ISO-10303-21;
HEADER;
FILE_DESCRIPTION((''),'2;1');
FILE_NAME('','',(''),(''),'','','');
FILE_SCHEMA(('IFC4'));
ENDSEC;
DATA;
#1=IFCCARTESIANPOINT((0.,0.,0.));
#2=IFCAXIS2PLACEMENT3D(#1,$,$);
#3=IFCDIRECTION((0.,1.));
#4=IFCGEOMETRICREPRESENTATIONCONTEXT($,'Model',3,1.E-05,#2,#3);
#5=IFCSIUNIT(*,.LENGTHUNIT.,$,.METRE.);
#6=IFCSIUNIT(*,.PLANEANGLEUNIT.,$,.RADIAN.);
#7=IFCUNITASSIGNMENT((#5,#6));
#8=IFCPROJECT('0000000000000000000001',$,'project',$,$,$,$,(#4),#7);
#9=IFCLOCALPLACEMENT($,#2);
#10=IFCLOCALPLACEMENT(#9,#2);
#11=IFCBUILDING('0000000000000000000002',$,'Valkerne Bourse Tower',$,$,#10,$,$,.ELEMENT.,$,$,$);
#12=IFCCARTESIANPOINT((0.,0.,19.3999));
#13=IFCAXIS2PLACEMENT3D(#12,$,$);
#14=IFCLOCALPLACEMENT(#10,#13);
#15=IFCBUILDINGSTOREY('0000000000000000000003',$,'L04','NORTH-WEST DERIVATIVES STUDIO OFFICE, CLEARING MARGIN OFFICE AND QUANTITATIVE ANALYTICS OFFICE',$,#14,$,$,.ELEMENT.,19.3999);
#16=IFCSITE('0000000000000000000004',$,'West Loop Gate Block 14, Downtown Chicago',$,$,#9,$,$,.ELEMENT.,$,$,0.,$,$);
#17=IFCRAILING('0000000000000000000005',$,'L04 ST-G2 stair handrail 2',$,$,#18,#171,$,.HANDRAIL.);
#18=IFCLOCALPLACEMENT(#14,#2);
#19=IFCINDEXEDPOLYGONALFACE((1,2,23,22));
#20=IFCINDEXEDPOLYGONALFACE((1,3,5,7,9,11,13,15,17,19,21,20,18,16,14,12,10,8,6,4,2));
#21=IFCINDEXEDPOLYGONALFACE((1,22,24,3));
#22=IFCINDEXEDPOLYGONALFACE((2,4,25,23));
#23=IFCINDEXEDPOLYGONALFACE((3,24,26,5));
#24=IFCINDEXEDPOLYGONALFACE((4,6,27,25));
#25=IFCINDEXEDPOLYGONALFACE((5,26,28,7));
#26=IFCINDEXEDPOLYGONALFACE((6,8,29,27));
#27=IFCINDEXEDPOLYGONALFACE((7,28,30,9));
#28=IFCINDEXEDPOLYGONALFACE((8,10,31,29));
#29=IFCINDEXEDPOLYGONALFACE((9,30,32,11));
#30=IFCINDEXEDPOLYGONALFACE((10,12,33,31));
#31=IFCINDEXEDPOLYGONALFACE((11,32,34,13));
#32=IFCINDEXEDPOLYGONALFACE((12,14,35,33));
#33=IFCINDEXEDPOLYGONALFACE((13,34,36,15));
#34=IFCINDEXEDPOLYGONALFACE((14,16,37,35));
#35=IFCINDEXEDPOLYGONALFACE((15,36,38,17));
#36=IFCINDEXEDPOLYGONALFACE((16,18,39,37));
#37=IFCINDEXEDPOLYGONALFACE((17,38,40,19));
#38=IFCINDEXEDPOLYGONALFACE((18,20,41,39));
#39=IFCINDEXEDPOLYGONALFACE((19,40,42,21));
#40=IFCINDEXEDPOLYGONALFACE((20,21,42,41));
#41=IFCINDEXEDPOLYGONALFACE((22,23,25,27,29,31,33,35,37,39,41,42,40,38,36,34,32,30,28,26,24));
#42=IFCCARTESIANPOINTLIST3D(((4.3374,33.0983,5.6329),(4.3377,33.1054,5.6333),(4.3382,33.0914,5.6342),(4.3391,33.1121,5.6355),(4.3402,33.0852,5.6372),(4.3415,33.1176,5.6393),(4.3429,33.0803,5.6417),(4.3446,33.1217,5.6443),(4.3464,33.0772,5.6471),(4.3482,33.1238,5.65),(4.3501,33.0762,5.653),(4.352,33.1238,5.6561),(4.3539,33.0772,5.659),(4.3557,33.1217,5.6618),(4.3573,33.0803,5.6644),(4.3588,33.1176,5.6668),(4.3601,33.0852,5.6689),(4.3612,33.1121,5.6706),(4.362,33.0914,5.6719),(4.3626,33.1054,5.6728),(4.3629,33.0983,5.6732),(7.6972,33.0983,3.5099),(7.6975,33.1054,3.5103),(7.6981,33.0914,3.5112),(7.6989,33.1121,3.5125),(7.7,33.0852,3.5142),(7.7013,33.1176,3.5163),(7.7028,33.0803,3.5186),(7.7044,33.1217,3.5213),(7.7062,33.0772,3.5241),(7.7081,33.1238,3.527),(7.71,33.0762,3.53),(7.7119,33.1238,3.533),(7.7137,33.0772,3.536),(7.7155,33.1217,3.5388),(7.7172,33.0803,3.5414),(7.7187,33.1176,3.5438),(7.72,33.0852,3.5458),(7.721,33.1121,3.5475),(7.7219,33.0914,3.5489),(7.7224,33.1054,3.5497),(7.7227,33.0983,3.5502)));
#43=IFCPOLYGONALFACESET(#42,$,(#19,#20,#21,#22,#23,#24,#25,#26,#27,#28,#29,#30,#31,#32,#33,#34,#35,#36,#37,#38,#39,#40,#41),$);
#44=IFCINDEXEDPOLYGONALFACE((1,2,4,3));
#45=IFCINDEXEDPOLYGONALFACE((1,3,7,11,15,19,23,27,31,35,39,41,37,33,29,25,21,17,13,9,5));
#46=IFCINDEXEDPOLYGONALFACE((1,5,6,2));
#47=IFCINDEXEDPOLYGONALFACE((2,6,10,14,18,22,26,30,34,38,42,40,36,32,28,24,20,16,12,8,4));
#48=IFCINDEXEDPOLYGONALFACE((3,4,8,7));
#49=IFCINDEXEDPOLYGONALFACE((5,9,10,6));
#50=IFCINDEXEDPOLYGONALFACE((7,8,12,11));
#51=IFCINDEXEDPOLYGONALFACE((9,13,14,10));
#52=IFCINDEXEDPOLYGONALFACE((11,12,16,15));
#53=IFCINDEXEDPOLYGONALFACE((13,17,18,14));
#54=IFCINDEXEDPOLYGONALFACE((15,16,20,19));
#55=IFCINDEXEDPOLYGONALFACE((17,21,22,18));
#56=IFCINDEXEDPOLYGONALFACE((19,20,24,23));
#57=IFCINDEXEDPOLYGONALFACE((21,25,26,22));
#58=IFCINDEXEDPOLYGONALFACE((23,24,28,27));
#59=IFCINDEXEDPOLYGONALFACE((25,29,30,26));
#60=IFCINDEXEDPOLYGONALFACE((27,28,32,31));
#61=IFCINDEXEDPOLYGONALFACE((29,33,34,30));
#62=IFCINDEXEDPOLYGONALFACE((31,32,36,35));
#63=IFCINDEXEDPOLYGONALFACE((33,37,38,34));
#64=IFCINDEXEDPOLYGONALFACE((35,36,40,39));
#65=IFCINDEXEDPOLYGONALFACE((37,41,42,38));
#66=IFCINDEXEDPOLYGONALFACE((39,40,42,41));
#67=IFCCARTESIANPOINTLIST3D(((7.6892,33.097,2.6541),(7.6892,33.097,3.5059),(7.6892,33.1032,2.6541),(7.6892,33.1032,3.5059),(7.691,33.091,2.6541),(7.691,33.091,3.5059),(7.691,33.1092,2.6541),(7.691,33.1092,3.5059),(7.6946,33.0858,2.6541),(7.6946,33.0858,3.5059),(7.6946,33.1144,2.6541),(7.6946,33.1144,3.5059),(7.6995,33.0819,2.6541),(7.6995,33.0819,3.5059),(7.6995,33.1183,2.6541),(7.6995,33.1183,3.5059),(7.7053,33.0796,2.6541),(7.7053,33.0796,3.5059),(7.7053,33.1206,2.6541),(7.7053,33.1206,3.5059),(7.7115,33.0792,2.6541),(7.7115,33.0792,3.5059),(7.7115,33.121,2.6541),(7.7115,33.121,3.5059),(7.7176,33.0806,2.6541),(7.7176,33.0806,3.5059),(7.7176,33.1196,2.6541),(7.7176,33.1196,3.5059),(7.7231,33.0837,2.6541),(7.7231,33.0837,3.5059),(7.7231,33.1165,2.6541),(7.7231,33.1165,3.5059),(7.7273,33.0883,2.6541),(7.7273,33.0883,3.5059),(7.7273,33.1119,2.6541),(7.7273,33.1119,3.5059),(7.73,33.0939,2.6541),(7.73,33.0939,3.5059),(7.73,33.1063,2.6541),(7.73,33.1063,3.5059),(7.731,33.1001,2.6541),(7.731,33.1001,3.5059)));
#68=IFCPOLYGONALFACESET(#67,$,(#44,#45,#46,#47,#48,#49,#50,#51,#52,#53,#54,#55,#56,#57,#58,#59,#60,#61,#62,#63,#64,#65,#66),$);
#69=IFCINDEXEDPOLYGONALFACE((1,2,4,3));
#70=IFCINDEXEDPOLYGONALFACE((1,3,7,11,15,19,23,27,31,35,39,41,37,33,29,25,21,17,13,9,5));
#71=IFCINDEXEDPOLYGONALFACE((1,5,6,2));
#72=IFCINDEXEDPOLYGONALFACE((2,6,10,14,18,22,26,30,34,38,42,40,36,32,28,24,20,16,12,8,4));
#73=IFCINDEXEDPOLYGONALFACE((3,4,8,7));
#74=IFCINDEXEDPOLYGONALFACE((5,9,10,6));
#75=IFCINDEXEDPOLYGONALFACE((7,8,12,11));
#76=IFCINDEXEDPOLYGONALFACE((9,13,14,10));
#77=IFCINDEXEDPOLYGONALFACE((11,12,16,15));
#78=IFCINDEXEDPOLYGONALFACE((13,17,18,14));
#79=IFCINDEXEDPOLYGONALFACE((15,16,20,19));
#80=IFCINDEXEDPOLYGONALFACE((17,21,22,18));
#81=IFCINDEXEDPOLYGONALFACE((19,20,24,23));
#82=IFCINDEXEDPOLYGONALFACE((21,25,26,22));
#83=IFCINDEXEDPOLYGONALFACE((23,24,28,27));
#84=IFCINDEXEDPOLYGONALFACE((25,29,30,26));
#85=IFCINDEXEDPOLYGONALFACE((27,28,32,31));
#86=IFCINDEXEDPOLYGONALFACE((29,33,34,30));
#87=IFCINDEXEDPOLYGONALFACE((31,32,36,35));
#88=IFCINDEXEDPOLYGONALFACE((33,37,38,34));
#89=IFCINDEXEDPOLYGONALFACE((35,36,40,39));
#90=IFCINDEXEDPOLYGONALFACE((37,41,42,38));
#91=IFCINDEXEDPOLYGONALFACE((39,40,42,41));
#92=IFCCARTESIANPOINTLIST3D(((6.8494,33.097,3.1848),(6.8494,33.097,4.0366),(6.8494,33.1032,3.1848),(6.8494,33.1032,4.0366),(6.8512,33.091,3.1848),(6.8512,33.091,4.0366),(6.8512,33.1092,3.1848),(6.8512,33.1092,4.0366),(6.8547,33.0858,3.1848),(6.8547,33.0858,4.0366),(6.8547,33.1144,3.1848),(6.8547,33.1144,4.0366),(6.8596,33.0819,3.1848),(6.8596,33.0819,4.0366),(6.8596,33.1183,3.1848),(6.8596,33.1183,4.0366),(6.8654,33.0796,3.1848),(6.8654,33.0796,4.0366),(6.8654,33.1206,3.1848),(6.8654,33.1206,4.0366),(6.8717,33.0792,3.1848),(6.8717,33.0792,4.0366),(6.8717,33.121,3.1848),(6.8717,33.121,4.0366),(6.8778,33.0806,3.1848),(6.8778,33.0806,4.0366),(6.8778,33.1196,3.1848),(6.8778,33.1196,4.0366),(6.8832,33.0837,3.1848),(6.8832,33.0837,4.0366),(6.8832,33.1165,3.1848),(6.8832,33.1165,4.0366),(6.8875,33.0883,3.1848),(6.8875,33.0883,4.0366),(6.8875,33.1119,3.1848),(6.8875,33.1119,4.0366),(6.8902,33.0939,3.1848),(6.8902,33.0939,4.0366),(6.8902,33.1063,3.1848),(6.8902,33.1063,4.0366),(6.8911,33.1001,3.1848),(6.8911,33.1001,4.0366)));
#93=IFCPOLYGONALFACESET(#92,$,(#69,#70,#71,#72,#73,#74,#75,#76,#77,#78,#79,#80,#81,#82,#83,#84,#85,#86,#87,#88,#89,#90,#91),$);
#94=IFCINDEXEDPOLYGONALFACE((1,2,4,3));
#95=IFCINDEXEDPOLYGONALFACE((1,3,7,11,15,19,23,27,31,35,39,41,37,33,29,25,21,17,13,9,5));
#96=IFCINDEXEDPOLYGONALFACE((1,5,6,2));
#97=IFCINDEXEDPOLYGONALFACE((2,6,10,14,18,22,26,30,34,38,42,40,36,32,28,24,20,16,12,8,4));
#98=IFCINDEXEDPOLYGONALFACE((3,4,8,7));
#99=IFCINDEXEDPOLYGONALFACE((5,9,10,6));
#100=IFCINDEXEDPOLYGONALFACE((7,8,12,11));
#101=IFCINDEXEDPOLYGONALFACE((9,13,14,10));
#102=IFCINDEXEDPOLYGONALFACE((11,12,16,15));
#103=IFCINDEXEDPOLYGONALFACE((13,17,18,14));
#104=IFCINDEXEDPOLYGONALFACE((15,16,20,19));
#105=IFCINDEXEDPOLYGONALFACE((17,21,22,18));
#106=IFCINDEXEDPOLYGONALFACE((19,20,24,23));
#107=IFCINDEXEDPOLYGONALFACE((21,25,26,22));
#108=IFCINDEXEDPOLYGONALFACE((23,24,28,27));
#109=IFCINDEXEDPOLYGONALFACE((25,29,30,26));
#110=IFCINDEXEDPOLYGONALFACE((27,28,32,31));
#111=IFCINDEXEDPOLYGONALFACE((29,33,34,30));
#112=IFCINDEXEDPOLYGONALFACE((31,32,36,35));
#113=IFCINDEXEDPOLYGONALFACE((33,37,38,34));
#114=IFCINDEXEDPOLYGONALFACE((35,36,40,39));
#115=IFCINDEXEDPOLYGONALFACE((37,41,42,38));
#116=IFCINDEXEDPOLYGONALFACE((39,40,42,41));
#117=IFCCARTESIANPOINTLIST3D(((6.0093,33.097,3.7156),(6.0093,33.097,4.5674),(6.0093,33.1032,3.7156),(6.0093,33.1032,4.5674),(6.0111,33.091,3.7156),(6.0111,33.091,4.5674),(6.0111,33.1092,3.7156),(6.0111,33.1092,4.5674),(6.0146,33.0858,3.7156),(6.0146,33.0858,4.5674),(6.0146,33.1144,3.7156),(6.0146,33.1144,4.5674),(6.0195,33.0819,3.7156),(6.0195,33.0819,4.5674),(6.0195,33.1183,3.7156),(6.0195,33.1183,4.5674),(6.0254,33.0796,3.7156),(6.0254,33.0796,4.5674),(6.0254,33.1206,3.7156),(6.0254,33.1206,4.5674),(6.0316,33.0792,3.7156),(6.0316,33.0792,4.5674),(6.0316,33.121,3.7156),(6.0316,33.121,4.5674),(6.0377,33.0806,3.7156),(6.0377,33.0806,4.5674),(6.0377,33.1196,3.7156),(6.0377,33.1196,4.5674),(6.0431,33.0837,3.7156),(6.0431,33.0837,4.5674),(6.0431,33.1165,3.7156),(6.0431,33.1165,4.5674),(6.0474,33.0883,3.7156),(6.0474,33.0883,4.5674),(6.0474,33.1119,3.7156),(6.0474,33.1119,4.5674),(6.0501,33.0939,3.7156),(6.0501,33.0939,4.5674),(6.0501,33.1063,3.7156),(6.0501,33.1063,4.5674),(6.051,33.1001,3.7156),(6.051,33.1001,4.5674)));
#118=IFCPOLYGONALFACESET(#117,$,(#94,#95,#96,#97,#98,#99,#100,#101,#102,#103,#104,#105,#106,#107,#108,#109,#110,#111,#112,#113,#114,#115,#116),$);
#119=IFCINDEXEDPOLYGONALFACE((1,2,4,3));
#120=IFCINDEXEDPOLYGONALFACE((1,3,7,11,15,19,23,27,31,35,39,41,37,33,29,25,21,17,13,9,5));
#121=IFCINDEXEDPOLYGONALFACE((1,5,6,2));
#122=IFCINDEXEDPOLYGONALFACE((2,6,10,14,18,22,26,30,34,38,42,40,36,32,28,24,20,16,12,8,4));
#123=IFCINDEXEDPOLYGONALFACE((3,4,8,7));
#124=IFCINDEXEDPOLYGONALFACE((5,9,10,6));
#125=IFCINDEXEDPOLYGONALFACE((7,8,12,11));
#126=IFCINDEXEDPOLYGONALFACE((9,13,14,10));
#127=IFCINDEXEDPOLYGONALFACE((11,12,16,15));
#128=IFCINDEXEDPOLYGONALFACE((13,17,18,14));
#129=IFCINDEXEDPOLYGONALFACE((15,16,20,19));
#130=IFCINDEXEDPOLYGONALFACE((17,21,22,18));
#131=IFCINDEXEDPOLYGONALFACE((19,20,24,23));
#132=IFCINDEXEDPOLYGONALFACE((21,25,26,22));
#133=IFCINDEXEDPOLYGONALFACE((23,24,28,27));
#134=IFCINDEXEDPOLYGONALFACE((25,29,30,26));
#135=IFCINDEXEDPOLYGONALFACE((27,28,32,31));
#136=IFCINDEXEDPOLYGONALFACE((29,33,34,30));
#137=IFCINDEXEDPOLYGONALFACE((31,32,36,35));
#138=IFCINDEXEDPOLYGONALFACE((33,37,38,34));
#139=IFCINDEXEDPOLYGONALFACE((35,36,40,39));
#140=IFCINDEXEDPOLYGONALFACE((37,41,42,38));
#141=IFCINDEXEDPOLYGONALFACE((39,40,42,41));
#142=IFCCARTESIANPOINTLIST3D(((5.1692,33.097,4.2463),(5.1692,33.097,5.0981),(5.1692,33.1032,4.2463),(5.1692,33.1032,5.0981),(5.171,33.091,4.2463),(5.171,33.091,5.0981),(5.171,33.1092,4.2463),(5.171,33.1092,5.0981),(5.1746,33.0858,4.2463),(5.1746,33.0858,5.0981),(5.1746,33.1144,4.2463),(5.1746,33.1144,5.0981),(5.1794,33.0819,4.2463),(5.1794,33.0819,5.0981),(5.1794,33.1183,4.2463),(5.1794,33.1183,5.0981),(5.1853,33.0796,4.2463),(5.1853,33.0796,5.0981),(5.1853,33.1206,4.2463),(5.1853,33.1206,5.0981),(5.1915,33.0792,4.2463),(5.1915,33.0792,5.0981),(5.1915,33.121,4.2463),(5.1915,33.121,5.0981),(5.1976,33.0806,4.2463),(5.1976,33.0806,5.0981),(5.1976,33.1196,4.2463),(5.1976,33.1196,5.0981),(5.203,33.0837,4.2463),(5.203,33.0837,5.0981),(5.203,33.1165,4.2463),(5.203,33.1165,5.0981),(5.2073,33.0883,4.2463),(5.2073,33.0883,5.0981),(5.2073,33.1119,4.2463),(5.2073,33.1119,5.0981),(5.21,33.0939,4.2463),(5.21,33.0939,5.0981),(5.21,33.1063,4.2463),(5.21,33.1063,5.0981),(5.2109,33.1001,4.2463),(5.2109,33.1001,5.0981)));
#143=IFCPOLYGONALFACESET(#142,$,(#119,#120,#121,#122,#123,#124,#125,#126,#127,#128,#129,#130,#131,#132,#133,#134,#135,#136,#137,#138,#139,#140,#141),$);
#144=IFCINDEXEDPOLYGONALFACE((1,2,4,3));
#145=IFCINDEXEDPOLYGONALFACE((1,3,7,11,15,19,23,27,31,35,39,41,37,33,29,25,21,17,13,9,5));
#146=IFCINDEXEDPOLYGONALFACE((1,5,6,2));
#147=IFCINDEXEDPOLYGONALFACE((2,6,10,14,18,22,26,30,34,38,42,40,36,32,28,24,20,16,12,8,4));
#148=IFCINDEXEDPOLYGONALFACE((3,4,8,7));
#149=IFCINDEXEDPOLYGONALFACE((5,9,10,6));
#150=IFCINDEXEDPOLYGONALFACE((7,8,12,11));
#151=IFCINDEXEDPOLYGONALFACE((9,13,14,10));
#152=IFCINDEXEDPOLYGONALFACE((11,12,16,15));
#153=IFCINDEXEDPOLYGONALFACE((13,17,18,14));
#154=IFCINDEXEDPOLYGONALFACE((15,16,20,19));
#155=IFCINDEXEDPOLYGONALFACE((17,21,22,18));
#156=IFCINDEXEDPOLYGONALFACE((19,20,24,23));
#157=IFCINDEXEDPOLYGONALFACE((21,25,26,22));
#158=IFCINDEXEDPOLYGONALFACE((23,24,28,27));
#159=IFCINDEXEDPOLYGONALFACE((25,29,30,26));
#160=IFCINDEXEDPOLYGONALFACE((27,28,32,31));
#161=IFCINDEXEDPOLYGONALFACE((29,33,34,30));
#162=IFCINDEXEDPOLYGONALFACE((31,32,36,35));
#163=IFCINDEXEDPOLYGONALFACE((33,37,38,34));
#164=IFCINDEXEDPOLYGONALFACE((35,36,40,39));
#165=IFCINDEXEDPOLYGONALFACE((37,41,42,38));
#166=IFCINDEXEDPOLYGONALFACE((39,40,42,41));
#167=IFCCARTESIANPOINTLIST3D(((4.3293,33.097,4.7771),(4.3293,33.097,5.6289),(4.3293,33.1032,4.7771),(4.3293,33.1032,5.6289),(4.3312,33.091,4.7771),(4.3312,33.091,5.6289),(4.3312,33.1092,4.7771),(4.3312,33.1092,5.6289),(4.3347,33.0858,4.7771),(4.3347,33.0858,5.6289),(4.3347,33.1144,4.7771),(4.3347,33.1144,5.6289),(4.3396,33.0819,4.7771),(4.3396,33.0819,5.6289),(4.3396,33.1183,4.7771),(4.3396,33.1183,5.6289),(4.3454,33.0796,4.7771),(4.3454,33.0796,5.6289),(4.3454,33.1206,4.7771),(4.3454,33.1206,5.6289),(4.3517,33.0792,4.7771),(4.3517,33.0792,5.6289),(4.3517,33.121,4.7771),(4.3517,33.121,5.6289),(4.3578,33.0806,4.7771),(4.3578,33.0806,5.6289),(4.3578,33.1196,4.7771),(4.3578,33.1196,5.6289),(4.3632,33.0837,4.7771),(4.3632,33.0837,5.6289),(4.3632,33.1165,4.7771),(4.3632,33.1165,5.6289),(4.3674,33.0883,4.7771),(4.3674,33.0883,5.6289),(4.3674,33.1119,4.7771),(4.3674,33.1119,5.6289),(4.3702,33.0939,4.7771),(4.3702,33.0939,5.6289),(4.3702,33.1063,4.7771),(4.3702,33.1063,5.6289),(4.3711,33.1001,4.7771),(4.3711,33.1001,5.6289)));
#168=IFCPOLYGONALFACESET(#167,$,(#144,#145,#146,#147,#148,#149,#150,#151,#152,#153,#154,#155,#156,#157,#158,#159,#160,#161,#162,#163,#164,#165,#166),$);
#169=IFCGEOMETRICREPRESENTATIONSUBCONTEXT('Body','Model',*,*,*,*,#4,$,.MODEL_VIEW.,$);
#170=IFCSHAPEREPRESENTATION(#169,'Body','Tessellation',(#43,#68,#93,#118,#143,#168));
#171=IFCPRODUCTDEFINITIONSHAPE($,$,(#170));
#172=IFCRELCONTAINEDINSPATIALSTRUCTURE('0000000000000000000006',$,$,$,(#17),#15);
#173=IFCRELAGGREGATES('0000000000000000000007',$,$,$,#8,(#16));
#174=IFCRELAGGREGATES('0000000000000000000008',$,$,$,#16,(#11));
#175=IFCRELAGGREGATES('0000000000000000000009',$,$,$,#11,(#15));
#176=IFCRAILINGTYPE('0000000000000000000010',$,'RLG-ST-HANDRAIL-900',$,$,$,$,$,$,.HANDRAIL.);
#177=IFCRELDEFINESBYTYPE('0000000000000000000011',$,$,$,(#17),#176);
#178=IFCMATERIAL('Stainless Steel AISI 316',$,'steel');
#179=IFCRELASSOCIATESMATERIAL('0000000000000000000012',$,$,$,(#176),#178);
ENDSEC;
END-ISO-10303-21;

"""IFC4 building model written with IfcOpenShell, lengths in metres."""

from ifc_helpers import new_model, si_unit, direction, frame, origin, origin_2d, place, context, subcontext, project, spatial, circle, extrude, material, type_object, element, save


model = new_model("IFC4")

# Units and contexts
model_context = context("Model", 3, precision=1e-05, world=origin(), true_north=direction((0.0, 1.0)))
body_context = subcontext(model_context, "Body", "Model", "MODEL_VIEW")
ifc_project = project(units=[si_unit("LENGTHUNIT", "METRE"), si_unit("PLANEANGLEUNIT", "RADIAN")], contexts=[model_context])

# Site, building, storey
site_placement = place(None, origin())
site = spatial("IfcSite", under=ifc_project, at=site_placement, Name="West Loop Gate Block 14, Downtown Chicago", CompositionType="ELEMENT", RefElevation=0.0)
building_placement = place(site_placement, origin())
building = spatial("IfcBuilding", under=site, at=building_placement, Name="Valkerne Bourse Tower", CompositionType="ELEMENT")
storey_placement = place(building_placement, frame((0.0, 0.0, 19.3999)))
storey = spatial("IfcBuildingStorey", under=building, at=storey_placement, Name="L04", Description="NORTH-WEST DERIVATIVES STUDIO OFFICE, CLEARING MARGIN OFFICE AND QUANTITATIVE ANALYTICS OFFICE", CompositionType="ELEMENT", Elevation=19.3999)

# Railing
ifc_material_1 = material(Name="Stainless Steel AISI 316", Category="steel")
railing_type_1 = type_object("IfcRailingType", Name="RLG-ST-HANDRAIL-900", PredefinedType="HANDRAIL", material=ifc_material_1)
railing_1_placement = place(storey_placement, frame((7.71, 33.1001, 2.6541)))
element("IfcRailing", 1, at=railing_1_placement, inside=storey, type_object=railing_type_1, Name="L04 ST-G2 stair handrail 2", PredefinedType="HANDRAIL", context=body_context, shape_type="SweptSolid", body=[
    extrude(circle(Radius=0.0239, at=origin_2d()), frame((0.0, 0.0, 0.876), z_axis=(-0.845372, 0.0, 0.534178), x_axis=(0.0, -1.0, 0.0)), (0.0, 0.0, 1.0), 3.9744),
    extrude(circle(Radius=0.021, at=origin_2d()), origin(), (0.0, 0.0, 1.0), 0.8518),
    extrude(circle(Radius=0.021, at=origin_2d()), frame((-0.8398, 0.0, 0.5308)), (0.0, 0.0, 1.0), 0.8518),
    extrude(circle(Radius=0.021, at=origin_2d()), frame((-1.6799, 0.0, 1.0615)), (0.0, 0.0, 1.0), 0.8518),
    extrude(circle(Radius=0.021, at=origin_2d()), frame((-2.52, 0.0, 1.5923)), (0.0, 0.0, 1.0), 0.8518),
    extrude(circle(Radius=0.021, at=origin_2d()), frame((-3.3599, 0.0, 2.123)), (0.0, 0.0, 1.0), 0.8518),
])

save(model, "model.ifc")
